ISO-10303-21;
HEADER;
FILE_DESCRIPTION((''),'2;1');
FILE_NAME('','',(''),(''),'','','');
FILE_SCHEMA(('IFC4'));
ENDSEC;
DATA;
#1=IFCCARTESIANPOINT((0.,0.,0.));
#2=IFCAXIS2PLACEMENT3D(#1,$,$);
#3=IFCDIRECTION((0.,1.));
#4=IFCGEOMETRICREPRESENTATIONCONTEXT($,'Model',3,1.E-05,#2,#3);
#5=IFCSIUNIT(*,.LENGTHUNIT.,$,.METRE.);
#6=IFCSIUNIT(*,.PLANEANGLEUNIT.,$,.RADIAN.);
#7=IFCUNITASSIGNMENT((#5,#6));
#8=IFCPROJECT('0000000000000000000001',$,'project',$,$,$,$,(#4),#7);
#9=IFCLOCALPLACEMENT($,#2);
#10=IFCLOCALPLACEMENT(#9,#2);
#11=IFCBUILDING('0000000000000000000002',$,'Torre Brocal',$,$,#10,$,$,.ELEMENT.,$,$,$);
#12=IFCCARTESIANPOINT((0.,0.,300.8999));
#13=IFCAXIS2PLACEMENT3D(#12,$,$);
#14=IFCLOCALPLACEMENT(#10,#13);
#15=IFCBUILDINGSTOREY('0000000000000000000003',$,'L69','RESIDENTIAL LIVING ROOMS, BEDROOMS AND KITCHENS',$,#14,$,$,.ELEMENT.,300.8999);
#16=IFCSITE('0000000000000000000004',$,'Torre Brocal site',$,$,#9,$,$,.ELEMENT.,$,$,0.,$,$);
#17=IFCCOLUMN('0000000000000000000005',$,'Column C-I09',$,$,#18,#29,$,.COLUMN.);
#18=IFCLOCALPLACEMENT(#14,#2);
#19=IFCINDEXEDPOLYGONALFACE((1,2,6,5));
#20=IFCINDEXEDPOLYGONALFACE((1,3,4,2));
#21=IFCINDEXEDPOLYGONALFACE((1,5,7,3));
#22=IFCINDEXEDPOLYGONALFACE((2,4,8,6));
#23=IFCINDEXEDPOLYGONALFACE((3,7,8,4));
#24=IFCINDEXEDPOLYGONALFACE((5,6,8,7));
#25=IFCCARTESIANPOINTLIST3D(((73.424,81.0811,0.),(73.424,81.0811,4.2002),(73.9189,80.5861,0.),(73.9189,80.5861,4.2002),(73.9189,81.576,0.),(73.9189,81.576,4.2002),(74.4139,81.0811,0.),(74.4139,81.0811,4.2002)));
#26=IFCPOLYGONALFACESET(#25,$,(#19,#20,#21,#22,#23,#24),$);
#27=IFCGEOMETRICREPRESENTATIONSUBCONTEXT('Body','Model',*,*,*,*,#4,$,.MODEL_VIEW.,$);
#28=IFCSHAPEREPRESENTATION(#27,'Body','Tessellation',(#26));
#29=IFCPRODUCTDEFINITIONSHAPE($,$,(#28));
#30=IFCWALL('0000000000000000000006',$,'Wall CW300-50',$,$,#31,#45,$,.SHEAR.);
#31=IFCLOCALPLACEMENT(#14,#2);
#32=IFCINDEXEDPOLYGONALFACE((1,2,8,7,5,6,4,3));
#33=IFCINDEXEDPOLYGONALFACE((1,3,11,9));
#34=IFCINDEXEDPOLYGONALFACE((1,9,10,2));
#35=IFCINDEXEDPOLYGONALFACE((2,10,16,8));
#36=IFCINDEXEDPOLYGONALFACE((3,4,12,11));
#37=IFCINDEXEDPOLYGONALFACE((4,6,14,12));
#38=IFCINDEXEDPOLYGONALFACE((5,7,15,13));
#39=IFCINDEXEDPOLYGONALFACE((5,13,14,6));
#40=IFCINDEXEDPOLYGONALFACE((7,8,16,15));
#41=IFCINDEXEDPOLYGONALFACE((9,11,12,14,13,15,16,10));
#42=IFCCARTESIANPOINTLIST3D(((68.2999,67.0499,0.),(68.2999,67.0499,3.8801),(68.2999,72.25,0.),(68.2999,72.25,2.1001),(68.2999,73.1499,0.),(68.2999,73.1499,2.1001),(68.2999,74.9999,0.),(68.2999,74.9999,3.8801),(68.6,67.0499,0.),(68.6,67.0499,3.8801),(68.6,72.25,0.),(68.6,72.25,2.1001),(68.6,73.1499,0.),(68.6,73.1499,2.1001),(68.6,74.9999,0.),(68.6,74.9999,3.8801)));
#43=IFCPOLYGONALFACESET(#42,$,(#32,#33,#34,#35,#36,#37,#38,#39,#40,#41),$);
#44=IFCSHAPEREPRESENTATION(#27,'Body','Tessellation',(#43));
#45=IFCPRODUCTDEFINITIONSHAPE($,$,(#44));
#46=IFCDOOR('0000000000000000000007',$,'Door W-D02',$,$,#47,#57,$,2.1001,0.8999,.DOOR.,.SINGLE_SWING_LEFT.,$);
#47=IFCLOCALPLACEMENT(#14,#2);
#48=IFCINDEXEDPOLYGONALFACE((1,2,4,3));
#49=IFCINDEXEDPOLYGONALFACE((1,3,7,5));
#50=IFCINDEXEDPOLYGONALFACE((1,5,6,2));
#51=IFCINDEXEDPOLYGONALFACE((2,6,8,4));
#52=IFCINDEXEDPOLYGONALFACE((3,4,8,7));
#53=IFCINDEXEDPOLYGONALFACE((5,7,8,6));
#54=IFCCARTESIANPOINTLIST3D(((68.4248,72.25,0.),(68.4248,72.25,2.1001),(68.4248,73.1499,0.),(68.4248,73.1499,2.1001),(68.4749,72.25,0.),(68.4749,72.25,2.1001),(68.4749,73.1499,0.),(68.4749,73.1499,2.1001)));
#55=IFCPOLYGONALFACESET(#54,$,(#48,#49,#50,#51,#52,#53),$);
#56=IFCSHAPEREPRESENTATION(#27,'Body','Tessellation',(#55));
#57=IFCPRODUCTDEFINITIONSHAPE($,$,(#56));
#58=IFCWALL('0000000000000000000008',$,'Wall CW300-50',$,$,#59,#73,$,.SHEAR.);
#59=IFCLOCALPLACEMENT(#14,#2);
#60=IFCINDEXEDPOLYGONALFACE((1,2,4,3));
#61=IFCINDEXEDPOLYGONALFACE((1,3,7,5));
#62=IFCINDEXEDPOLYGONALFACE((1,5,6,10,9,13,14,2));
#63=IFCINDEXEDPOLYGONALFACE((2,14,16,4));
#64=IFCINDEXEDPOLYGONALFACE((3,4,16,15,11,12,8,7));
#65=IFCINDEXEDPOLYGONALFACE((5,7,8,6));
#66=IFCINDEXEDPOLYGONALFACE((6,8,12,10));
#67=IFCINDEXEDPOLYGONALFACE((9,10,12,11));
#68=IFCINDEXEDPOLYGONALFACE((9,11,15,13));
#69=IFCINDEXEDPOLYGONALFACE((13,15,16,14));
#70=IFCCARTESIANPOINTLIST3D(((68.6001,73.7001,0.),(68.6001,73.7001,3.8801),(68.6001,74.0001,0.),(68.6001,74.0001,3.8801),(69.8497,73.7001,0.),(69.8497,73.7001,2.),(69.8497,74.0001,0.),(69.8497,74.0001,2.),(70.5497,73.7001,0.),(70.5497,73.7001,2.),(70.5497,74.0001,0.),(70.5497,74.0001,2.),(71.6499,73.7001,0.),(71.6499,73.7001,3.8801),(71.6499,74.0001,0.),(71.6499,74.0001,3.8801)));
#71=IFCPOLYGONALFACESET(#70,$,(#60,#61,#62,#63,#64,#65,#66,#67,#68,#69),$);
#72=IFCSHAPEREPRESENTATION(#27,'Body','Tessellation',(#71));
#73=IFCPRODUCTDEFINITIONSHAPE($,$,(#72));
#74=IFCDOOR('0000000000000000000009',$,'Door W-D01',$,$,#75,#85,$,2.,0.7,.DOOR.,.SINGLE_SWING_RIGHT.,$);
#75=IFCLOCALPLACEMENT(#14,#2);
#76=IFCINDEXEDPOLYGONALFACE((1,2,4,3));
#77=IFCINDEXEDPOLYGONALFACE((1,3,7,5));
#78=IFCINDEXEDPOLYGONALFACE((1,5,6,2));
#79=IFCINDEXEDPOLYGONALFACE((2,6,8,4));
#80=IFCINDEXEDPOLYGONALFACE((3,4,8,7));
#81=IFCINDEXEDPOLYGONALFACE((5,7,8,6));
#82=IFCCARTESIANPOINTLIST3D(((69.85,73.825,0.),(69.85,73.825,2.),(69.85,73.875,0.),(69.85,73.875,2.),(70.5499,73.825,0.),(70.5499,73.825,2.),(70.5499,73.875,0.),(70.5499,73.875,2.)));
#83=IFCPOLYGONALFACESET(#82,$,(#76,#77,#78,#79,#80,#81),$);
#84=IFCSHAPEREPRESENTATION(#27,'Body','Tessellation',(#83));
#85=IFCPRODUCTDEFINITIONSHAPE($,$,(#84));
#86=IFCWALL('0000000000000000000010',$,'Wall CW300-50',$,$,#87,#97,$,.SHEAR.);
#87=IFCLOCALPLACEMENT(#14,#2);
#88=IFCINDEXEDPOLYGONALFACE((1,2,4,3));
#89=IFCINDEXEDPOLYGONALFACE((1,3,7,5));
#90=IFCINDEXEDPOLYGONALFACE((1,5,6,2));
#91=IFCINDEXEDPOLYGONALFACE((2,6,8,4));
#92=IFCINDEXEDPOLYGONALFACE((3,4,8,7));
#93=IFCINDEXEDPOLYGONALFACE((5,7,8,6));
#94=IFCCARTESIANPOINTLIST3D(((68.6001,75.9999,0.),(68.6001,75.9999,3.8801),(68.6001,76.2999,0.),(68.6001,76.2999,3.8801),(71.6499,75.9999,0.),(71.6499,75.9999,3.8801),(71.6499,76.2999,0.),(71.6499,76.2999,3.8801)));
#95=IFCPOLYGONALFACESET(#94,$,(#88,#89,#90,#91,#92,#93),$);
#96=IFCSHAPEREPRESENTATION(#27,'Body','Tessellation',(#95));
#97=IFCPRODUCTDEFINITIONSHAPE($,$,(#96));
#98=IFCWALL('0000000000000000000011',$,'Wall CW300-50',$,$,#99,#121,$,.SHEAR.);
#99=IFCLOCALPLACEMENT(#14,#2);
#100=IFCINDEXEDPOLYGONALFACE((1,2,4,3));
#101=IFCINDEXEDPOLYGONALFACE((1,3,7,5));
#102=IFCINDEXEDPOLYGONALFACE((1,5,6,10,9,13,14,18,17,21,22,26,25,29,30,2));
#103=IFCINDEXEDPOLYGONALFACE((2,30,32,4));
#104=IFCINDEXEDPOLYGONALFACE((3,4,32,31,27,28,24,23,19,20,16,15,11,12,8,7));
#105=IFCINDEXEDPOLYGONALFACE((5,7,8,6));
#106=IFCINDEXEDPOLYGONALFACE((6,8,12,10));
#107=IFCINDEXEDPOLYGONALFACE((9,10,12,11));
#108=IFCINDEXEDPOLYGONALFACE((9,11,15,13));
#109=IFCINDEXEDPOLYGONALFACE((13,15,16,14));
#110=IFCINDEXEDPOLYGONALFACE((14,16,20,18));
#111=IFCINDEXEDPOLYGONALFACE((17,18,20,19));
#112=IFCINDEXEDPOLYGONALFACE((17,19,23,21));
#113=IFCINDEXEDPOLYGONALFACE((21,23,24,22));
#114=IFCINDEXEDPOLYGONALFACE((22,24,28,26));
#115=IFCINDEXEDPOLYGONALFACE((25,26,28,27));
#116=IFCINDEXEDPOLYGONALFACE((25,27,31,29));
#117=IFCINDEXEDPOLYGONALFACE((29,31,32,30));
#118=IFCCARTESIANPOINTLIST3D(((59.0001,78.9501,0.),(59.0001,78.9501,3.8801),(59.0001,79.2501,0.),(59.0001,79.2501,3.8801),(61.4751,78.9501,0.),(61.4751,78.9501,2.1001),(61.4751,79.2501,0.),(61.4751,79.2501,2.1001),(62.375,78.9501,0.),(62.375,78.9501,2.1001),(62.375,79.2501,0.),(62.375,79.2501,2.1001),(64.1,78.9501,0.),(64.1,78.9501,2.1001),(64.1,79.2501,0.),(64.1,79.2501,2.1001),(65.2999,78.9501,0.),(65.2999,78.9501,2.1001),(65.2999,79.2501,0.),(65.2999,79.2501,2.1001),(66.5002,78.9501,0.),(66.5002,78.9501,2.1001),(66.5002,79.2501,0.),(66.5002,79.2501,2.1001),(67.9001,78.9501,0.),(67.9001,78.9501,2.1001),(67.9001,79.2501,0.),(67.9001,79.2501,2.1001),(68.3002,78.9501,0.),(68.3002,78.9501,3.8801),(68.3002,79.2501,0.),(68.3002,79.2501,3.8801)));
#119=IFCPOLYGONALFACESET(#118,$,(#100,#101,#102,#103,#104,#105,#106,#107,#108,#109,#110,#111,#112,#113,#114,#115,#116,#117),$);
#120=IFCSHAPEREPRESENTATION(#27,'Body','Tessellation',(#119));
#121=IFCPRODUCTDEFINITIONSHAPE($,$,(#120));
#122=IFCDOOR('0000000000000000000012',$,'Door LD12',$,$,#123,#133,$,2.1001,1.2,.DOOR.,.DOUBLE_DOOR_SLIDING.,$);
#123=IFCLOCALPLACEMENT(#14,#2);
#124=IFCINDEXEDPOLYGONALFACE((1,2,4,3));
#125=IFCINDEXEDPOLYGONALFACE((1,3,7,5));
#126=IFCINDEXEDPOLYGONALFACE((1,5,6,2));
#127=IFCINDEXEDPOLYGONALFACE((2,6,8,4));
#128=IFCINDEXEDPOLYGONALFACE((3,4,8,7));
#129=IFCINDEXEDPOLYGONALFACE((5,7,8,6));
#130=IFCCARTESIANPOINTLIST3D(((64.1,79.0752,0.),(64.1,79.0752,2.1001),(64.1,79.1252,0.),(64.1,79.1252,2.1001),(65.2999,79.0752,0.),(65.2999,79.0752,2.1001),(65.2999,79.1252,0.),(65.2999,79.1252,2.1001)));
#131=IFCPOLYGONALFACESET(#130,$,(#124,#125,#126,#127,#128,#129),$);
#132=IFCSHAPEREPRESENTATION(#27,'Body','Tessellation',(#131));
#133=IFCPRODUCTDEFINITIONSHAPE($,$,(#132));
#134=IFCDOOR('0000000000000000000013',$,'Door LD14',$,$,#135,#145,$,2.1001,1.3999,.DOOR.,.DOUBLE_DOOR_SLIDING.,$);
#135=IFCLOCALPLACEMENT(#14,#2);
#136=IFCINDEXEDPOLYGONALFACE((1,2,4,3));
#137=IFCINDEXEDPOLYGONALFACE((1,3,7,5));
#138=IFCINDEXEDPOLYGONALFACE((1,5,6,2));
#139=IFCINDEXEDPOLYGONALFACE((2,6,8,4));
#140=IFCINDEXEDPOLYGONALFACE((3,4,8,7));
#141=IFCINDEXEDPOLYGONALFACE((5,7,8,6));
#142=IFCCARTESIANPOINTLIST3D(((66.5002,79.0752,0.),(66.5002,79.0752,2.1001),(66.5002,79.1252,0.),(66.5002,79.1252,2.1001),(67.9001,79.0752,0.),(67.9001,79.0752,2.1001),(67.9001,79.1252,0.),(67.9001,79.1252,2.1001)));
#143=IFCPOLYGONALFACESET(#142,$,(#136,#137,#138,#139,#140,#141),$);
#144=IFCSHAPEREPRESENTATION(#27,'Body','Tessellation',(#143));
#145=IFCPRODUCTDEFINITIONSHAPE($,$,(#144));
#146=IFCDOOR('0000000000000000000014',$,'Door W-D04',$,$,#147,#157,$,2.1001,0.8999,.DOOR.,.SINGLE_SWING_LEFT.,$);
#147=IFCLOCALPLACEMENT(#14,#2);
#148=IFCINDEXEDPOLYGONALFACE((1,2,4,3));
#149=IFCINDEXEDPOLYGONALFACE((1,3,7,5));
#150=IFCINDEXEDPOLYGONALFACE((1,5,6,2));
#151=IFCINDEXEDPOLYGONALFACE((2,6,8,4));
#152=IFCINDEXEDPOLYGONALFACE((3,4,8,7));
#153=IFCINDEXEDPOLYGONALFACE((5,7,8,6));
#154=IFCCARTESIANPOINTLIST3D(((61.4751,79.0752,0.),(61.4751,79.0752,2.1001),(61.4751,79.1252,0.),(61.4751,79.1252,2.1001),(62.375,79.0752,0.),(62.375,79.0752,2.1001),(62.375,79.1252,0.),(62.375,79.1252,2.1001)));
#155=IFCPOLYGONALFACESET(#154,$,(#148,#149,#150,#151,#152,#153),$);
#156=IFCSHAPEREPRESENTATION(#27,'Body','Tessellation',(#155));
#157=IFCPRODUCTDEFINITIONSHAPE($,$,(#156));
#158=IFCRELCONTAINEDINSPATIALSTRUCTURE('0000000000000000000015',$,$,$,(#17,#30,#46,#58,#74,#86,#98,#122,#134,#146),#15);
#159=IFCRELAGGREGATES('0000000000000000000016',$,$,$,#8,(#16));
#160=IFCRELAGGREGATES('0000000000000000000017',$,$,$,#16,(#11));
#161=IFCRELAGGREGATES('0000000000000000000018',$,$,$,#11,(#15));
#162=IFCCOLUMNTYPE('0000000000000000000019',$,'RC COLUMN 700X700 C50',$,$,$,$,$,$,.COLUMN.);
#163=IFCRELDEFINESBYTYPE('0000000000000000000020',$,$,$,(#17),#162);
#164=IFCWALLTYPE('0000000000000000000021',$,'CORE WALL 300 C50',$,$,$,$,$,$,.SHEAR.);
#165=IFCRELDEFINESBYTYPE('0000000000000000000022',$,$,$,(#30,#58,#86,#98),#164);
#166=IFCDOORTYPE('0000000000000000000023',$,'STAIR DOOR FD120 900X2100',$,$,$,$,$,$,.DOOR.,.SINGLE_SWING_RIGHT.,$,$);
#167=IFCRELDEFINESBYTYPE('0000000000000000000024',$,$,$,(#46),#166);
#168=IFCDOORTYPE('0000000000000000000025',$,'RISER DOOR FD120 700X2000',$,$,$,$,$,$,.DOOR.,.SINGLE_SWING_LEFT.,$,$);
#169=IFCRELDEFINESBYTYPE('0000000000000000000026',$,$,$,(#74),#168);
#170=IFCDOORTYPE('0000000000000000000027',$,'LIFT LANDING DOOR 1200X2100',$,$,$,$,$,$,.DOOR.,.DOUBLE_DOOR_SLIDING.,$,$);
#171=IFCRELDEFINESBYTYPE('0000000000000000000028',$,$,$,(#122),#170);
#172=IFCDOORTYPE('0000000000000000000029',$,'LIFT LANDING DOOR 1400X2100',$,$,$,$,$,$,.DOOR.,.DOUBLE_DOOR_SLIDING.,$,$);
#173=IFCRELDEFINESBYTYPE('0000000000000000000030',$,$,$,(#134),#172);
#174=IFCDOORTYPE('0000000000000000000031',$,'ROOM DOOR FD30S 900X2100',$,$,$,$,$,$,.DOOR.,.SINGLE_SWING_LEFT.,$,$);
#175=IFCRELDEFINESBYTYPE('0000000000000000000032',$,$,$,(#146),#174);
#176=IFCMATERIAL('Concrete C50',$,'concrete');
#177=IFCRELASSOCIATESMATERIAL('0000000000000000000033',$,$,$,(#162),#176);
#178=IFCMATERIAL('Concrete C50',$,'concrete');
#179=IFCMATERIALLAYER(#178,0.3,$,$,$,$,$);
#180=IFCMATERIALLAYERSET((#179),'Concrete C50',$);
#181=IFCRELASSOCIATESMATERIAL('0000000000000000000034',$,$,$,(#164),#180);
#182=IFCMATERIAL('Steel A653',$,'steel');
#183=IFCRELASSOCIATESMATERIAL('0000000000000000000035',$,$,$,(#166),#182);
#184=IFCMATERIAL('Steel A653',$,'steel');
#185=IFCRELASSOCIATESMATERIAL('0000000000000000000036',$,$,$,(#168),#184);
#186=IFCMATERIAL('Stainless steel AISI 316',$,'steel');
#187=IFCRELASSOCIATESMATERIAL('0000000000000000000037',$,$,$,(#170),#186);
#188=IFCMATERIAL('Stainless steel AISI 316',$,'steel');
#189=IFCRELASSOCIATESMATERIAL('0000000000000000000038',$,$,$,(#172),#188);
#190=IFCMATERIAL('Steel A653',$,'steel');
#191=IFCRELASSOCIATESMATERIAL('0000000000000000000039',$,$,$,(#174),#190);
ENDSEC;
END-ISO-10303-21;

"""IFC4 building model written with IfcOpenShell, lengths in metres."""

from ifc_helpers import new_model, si_unit, direction, frame, frame_2d, origin, origin_2d, place, context, subcontext, project, spatial, rectangle, extrude, material, layer, layer_set, material_profile, profile_set, type_object, element, fill, save


model = new_model("IFC4")

# Units and contexts
model_context = context("Model", 3, precision=1e-05, world=origin(), true_north=direction((0.0, 1.0)))
body_context = subcontext(model_context, "Body", "Model", "MODEL_VIEW")
ifc_project = project(units=[si_unit("LENGTHUNIT", "METRE"), si_unit("PLANEANGLEUNIT", "RADIAN")], contexts=[model_context])

# Site, building, storey
site_placement = place(None, origin())
site = spatial("IfcSite", under=ifc_project, at=site_placement, Name="Torre Brocal site", CompositionType="ELEMENT", RefElevation=0.0)
building_placement = place(site_placement, origin())
building = spatial("IfcBuilding", under=site, at=building_placement, Name="Torre Brocal", CompositionType="ELEMENT")
storey_placement = place(building_placement, frame((0.0, 0.0, 300.8999)))
storey = spatial("IfcBuildingStorey", under=building, at=storey_placement, Name="L69", Description="RESIDENTIAL LIVING ROOMS, BEDROOMS AND KITCHENS", CompositionType="ELEMENT", Elevation=300.8999)

# Column
ifc_material_1 = material(Name="Concrete C50", Category="concrete")
ifc_material_profile = material_profile(ifc_material_1, rectangle(XDim=0.7, YDim=0.7, at=origin_2d()), Name="RC 700X700")
ifc_profile_set = profile_set([ifc_material_profile], Name="Concrete C50")
column_type = type_object("IfcColumnType", Name="RC COLUMN 700X700 C50", PredefinedType="COLUMN", material=ifc_profile_set)
column_placement = place(storey_placement, frame((73.9189, 81.0811, 0.0), z_axis=(0.0, 0.0, 1.0), x_axis=(-0.707107, 0.707107, 0.0)))
element("IfcColumn", 1, at=column_placement, inside=storey, type_object=column_type, Name="Column C-I09", PredefinedType="COLUMN", context=body_context, shape_type="SweptSolid", body=[
    extrude(rectangle(XDim=0.7, YDim=0.7, at=origin_2d()), origin(), (0.0, 0.0, 1.0), 4.2002),
])

# Walls, openings, doors
ifc_material_2 = material(Name="Concrete C50", Category="concrete")
ifc_layer_1 = layer(ifc_material_2, 0.3)
ifc_layer_set_1 = layer_set([ifc_layer_1], Name="Concrete C50")
wall_type_1 = type_object("IfcWallType", Name="CORE WALL 300 C50", PredefinedType="SHEAR", material=ifc_layer_set_1)
wall_1_placement = place(storey_placement, frame((68.45, 75.0, 0.0), z_axis=(0.0, 0.0, 1.0), x_axis=(0.0, -1.0, 0.0)))
wall_1 = element("IfcWall", 2, at=wall_1_placement, inside=storey, type_object=wall_type_1, Name="Wall CW300-50", PredefinedType="SHEAR", context=body_context, shape_type="SweptSolid", body=[
    extrude(rectangle(XDim=7.95, YDim=0.3, at=frame_2d((3.9751, 0.0))), origin(), (0.0, 0.0, 1.0), 3.8801),
])
opening_1_placement = place(wall_1_placement, frame((1.8501, 0.0, 0.0)))
opening_1 = element("IfcOpeningElement", 3, at=opening_1_placement, cuts=wall_1, PredefinedType="OPENING", context=body_context, shape_type="SweptSolid", body=[
    extrude(rectangle(XDim=0.8999, YDim=2.1001, at=frame_2d((0.45, 1.05))), frame((0.0, 0.1599, 0.0), z_axis=(0.0, -1.0, 0.0), x_axis=(1.0, 0.0, 0.0)), (0.0, 0.0, 1.0), 0.3201),
])
ifc_material_3 = material(Name="Steel A653", Category="steel")
door_type_1 = type_object("IfcDoorType", Name="STAIR DOOR FD120 900X2100", OperationType="SINGLE_SWING_RIGHT", PredefinedType="DOOR", material=ifc_material_3)
door_1_placement = place(opening_1_placement, origin())
door_1 = element("IfcDoor", 4, at=door_1_placement, inside=storey, type_object=door_type_1, Name="Door W-D02", OperationType="SINGLE_SWING_LEFT", OverallHeight=2.1001, OverallWidth=0.8999, PredefinedType="DOOR", context=body_context, shape_type="SweptSolid", body=[
    extrude(rectangle(XDim=0.8999, YDim=2.1001, at=frame_2d((0.45, 1.05))), frame((0.0, 0.0249, 0.0), z_axis=(0.0, -1.0, 0.0), x_axis=(1.0, 0.0, 0.0)), (0.0, 0.0, 1.0), 0.05),
])
fill(opening_1, door_1)
wall_2_placement = place(storey_placement, frame((71.6499, 73.8501, 0.0), z_axis=(0.0, 0.0, 1.0), x_axis=(-1.0, 0.0, 0.0)))
wall_2 = element("IfcWall", 5, at=wall_2_placement, inside=storey, type_object=wall_type_1, Name="Wall CW300-50", PredefinedType="SHEAR", context=body_context, shape_type="SweptSolid", body=[
    extrude(rectangle(XDim=3.0498, YDim=0.3, at=frame_2d((1.5249, 0.0))), origin(), (0.0, 0.0, 1.0), 3.8801),
])
opening_2_placement = place(wall_2_placement, frame((1.1001, 0.0, 0.0)))
opening_2 = element("IfcOpeningElement", 6, at=opening_2_placement, cuts=wall_2, PredefinedType="OPENING", context=body_context, shape_type="SweptSolid", body=[
    extrude(rectangle(XDim=0.7, YDim=2.0, at=frame_2d((0.3501, 1.0))), frame((0.0, 0.1599, 0.0), z_axis=(0.0, -1.0, 0.0), x_axis=(1.0, 0.0, 0.0)), (0.0, 0.0, 1.0), 0.3201),
])
ifc_material_4 = material(Name="Steel A653", Category="steel")
door_type_2 = type_object("IfcDoorType", Name="RISER DOOR FD120 700X2000", OperationType="SINGLE_SWING_LEFT", PredefinedType="DOOR", material=ifc_material_4)
door_2_placement = place(opening_2_placement, frame((0.7, 0.0, 0.0), z_axis=(0.0, 0.0, 1.0), x_axis=(-1.0, 0.0, 0.0)))
door_2 = element("IfcDoor", 7, at=door_2_placement, inside=storey, type_object=door_type_2, Name="Door W-D01", OperationType="SINGLE_SWING_RIGHT", OverallHeight=2.0, OverallWidth=0.7, PredefinedType="DOOR", context=body_context, shape_type="SweptSolid", body=[
    extrude(rectangle(XDim=0.7, YDim=2.0, at=frame_2d((0.3501, 1.0))), frame((0.0, 0.0249, 0.0), z_axis=(0.0, -1.0, 0.0), x_axis=(1.0, 0.0, 0.0)), (0.0, 0.0, 1.0), 0.05),
])
fill(opening_2, door_2)

# Wall
wall_3_placement = place(storey_placement, frame((71.6499, 76.1499, 0.0), z_axis=(0.0, 0.0, 1.0), x_axis=(-1.0, 0.0, 0.0)))
element("IfcWall", 8, at=wall_3_placement, inside=storey, type_object=wall_type_1, Name="Wall CW300-50", PredefinedType="SHEAR", context=body_context, shape_type="SweptSolid", body=[
    extrude(rectangle(XDim=3.0498, YDim=0.3, at=frame_2d((1.5249, 0.0))), origin(), (0.0, 0.0, 1.0), 3.8801),
])

# Wall, openings, doors
wall_4_placement = place(storey_placement, frame((68.3, 79.1001, 0.0), z_axis=(0.0, 0.0, 1.0), x_axis=(-1.0, 0.0, 0.0)))
wall_4 = element("IfcWall", 9, at=wall_4_placement, inside=storey, type_object=wall_type_1, Name="Wall CW300-50", PredefinedType="SHEAR", context=body_context, shape_type="SweptSolid", body=[
    extrude(rectangle(XDim=9.3, YDim=0.3, at=frame_2d((4.6499, 0.0))), origin(), (0.0, 0.0, 1.0), 3.8801),
])
opening_3_placement = place(wall_4_placement, frame((0.3999, 0.0, 0.0)))
opening_3 = element("IfcOpeningElement", 10, at=opening_3_placement, cuts=wall_4, PredefinedType="OPENING", context=body_context, shape_type="SweptSolid", body=[
    extrude(rectangle(XDim=1.3999, YDim=2.1001, at=frame_2d((0.7, 1.05))), frame((0.0, 0.1599, 0.0), z_axis=(0.0, -1.0, 0.0), x_axis=(1.0, 0.0, 0.0)), (0.0, 0.0, 1.0), 0.3201),
])
opening_4_placement = place(wall_4_placement, frame((3.0, 0.0, 0.0)))
opening_4 = element("IfcOpeningElement", 11, at=opening_4_placement, cuts=wall_4, PredefinedType="OPENING", context=body_context, shape_type="SweptSolid", body=[
    extrude(rectangle(XDim=1.2, YDim=2.1001, at=frame_2d((0.6001, 1.05))), frame((0.0, 0.1599, 0.0), z_axis=(0.0, -1.0, 0.0), x_axis=(1.0, 0.0, 0.0)), (0.0, 0.0, 1.0), 0.3201),
])
opening_5_placement = place(wall_4_placement, frame((5.925, 0.0, 0.0)))
opening_5 = element("IfcOpeningElement", 12, at=opening_5_placement, cuts=wall_4, PredefinedType="OPENING", context=body_context, shape_type="SweptSolid", body=[
    extrude(rectangle(XDim=0.8999, YDim=2.1001, at=frame_2d((0.45, 1.05))), frame((0.0, 0.1599, 0.0), z_axis=(0.0, -1.0, 0.0), x_axis=(1.0, 0.0, 0.0)), (0.0, 0.0, 1.0), 0.3201),
])
ifc_material_5 = material(Name="Stainless steel AISI 316", Category="steel")
door_type_3 = type_object("IfcDoorType", Name="LIFT LANDING DOOR 1200X2100", OperationType="DOUBLE_DOOR_SLIDING", PredefinedType="DOOR", material=ifc_material_5)
door_3_placement = place(opening_4_placement, origin())
door_3 = element("IfcDoor", 13, at=door_3_placement, inside=storey, type_object=door_type_3, Name="Door LD12", OperationType="DOUBLE_DOOR_SLIDING", OverallHeight=2.1001, OverallWidth=1.2, PredefinedType="DOOR", context=body_context, shape_type="SweptSolid", body=[
    extrude(rectangle(XDim=1.2, YDim=2.1001, at=frame_2d((0.6001, 1.05))), frame((0.0, 0.0249, 0.0), z_axis=(0.0, -1.0, 0.0), x_axis=(1.0, 0.0, 0.0)), (0.0, 0.0, 1.0), 0.05),
])
fill(opening_4, door_3)
ifc_material_6 = material(Name="Stainless steel AISI 316", Category="steel")
door_type_4 = type_object("IfcDoorType", Name="LIFT LANDING DOOR 1400X2100", OperationType="DOUBLE_DOOR_SLIDING", PredefinedType="DOOR", material=ifc_material_6)
door_4_placement = place(opening_3_placement, origin())
door_4 = element("IfcDoor", 14, at=door_4_placement, inside=storey, type_object=door_type_4, Name="Door LD14", OperationType="DOUBLE_DOOR_SLIDING", OverallHeight=2.1001, OverallWidth=1.3999, PredefinedType="DOOR", context=body_context, shape_type="SweptSolid", body=[
    extrude(rectangle(XDim=1.3999, YDim=2.1001, at=frame_2d((0.7, 1.05))), frame((0.0, 0.0249, 0.0), z_axis=(0.0, -1.0, 0.0), x_axis=(1.0, 0.0, 0.0)), (0.0, 0.0, 1.0), 0.05),
])
fill(opening_3, door_4)
ifc_material_7 = material(Name="Steel A653", Category="steel")
door_type_5 = type_object("IfcDoorType", Name="ROOM DOOR FD30S 900X2100", OperationType="SINGLE_SWING_LEFT", PredefinedType="DOOR", material=ifc_material_7)
door_5_placement = place(opening_5_placement, origin())
door_5 = element("IfcDoor", 15, at=door_5_placement, inside=storey, type_object=door_type_5, Name="Door W-D04", OperationType="SINGLE_SWING_LEFT", OverallHeight=2.1001, OverallWidth=0.8999, PredefinedType="DOOR", context=body_context, shape_type="SweptSolid", body=[
    extrude(rectangle(XDim=0.8999, YDim=2.1001, at=frame_2d((0.45, 1.05))), frame((0.0, 0.0249, 0.0), z_axis=(0.0, -1.0, 0.0), x_axis=(1.0, 0.0, 0.0)), (0.0, 0.0, 1.0), 0.05),
])
fill(opening_5, door_5)

save(model, "model.ifc")
